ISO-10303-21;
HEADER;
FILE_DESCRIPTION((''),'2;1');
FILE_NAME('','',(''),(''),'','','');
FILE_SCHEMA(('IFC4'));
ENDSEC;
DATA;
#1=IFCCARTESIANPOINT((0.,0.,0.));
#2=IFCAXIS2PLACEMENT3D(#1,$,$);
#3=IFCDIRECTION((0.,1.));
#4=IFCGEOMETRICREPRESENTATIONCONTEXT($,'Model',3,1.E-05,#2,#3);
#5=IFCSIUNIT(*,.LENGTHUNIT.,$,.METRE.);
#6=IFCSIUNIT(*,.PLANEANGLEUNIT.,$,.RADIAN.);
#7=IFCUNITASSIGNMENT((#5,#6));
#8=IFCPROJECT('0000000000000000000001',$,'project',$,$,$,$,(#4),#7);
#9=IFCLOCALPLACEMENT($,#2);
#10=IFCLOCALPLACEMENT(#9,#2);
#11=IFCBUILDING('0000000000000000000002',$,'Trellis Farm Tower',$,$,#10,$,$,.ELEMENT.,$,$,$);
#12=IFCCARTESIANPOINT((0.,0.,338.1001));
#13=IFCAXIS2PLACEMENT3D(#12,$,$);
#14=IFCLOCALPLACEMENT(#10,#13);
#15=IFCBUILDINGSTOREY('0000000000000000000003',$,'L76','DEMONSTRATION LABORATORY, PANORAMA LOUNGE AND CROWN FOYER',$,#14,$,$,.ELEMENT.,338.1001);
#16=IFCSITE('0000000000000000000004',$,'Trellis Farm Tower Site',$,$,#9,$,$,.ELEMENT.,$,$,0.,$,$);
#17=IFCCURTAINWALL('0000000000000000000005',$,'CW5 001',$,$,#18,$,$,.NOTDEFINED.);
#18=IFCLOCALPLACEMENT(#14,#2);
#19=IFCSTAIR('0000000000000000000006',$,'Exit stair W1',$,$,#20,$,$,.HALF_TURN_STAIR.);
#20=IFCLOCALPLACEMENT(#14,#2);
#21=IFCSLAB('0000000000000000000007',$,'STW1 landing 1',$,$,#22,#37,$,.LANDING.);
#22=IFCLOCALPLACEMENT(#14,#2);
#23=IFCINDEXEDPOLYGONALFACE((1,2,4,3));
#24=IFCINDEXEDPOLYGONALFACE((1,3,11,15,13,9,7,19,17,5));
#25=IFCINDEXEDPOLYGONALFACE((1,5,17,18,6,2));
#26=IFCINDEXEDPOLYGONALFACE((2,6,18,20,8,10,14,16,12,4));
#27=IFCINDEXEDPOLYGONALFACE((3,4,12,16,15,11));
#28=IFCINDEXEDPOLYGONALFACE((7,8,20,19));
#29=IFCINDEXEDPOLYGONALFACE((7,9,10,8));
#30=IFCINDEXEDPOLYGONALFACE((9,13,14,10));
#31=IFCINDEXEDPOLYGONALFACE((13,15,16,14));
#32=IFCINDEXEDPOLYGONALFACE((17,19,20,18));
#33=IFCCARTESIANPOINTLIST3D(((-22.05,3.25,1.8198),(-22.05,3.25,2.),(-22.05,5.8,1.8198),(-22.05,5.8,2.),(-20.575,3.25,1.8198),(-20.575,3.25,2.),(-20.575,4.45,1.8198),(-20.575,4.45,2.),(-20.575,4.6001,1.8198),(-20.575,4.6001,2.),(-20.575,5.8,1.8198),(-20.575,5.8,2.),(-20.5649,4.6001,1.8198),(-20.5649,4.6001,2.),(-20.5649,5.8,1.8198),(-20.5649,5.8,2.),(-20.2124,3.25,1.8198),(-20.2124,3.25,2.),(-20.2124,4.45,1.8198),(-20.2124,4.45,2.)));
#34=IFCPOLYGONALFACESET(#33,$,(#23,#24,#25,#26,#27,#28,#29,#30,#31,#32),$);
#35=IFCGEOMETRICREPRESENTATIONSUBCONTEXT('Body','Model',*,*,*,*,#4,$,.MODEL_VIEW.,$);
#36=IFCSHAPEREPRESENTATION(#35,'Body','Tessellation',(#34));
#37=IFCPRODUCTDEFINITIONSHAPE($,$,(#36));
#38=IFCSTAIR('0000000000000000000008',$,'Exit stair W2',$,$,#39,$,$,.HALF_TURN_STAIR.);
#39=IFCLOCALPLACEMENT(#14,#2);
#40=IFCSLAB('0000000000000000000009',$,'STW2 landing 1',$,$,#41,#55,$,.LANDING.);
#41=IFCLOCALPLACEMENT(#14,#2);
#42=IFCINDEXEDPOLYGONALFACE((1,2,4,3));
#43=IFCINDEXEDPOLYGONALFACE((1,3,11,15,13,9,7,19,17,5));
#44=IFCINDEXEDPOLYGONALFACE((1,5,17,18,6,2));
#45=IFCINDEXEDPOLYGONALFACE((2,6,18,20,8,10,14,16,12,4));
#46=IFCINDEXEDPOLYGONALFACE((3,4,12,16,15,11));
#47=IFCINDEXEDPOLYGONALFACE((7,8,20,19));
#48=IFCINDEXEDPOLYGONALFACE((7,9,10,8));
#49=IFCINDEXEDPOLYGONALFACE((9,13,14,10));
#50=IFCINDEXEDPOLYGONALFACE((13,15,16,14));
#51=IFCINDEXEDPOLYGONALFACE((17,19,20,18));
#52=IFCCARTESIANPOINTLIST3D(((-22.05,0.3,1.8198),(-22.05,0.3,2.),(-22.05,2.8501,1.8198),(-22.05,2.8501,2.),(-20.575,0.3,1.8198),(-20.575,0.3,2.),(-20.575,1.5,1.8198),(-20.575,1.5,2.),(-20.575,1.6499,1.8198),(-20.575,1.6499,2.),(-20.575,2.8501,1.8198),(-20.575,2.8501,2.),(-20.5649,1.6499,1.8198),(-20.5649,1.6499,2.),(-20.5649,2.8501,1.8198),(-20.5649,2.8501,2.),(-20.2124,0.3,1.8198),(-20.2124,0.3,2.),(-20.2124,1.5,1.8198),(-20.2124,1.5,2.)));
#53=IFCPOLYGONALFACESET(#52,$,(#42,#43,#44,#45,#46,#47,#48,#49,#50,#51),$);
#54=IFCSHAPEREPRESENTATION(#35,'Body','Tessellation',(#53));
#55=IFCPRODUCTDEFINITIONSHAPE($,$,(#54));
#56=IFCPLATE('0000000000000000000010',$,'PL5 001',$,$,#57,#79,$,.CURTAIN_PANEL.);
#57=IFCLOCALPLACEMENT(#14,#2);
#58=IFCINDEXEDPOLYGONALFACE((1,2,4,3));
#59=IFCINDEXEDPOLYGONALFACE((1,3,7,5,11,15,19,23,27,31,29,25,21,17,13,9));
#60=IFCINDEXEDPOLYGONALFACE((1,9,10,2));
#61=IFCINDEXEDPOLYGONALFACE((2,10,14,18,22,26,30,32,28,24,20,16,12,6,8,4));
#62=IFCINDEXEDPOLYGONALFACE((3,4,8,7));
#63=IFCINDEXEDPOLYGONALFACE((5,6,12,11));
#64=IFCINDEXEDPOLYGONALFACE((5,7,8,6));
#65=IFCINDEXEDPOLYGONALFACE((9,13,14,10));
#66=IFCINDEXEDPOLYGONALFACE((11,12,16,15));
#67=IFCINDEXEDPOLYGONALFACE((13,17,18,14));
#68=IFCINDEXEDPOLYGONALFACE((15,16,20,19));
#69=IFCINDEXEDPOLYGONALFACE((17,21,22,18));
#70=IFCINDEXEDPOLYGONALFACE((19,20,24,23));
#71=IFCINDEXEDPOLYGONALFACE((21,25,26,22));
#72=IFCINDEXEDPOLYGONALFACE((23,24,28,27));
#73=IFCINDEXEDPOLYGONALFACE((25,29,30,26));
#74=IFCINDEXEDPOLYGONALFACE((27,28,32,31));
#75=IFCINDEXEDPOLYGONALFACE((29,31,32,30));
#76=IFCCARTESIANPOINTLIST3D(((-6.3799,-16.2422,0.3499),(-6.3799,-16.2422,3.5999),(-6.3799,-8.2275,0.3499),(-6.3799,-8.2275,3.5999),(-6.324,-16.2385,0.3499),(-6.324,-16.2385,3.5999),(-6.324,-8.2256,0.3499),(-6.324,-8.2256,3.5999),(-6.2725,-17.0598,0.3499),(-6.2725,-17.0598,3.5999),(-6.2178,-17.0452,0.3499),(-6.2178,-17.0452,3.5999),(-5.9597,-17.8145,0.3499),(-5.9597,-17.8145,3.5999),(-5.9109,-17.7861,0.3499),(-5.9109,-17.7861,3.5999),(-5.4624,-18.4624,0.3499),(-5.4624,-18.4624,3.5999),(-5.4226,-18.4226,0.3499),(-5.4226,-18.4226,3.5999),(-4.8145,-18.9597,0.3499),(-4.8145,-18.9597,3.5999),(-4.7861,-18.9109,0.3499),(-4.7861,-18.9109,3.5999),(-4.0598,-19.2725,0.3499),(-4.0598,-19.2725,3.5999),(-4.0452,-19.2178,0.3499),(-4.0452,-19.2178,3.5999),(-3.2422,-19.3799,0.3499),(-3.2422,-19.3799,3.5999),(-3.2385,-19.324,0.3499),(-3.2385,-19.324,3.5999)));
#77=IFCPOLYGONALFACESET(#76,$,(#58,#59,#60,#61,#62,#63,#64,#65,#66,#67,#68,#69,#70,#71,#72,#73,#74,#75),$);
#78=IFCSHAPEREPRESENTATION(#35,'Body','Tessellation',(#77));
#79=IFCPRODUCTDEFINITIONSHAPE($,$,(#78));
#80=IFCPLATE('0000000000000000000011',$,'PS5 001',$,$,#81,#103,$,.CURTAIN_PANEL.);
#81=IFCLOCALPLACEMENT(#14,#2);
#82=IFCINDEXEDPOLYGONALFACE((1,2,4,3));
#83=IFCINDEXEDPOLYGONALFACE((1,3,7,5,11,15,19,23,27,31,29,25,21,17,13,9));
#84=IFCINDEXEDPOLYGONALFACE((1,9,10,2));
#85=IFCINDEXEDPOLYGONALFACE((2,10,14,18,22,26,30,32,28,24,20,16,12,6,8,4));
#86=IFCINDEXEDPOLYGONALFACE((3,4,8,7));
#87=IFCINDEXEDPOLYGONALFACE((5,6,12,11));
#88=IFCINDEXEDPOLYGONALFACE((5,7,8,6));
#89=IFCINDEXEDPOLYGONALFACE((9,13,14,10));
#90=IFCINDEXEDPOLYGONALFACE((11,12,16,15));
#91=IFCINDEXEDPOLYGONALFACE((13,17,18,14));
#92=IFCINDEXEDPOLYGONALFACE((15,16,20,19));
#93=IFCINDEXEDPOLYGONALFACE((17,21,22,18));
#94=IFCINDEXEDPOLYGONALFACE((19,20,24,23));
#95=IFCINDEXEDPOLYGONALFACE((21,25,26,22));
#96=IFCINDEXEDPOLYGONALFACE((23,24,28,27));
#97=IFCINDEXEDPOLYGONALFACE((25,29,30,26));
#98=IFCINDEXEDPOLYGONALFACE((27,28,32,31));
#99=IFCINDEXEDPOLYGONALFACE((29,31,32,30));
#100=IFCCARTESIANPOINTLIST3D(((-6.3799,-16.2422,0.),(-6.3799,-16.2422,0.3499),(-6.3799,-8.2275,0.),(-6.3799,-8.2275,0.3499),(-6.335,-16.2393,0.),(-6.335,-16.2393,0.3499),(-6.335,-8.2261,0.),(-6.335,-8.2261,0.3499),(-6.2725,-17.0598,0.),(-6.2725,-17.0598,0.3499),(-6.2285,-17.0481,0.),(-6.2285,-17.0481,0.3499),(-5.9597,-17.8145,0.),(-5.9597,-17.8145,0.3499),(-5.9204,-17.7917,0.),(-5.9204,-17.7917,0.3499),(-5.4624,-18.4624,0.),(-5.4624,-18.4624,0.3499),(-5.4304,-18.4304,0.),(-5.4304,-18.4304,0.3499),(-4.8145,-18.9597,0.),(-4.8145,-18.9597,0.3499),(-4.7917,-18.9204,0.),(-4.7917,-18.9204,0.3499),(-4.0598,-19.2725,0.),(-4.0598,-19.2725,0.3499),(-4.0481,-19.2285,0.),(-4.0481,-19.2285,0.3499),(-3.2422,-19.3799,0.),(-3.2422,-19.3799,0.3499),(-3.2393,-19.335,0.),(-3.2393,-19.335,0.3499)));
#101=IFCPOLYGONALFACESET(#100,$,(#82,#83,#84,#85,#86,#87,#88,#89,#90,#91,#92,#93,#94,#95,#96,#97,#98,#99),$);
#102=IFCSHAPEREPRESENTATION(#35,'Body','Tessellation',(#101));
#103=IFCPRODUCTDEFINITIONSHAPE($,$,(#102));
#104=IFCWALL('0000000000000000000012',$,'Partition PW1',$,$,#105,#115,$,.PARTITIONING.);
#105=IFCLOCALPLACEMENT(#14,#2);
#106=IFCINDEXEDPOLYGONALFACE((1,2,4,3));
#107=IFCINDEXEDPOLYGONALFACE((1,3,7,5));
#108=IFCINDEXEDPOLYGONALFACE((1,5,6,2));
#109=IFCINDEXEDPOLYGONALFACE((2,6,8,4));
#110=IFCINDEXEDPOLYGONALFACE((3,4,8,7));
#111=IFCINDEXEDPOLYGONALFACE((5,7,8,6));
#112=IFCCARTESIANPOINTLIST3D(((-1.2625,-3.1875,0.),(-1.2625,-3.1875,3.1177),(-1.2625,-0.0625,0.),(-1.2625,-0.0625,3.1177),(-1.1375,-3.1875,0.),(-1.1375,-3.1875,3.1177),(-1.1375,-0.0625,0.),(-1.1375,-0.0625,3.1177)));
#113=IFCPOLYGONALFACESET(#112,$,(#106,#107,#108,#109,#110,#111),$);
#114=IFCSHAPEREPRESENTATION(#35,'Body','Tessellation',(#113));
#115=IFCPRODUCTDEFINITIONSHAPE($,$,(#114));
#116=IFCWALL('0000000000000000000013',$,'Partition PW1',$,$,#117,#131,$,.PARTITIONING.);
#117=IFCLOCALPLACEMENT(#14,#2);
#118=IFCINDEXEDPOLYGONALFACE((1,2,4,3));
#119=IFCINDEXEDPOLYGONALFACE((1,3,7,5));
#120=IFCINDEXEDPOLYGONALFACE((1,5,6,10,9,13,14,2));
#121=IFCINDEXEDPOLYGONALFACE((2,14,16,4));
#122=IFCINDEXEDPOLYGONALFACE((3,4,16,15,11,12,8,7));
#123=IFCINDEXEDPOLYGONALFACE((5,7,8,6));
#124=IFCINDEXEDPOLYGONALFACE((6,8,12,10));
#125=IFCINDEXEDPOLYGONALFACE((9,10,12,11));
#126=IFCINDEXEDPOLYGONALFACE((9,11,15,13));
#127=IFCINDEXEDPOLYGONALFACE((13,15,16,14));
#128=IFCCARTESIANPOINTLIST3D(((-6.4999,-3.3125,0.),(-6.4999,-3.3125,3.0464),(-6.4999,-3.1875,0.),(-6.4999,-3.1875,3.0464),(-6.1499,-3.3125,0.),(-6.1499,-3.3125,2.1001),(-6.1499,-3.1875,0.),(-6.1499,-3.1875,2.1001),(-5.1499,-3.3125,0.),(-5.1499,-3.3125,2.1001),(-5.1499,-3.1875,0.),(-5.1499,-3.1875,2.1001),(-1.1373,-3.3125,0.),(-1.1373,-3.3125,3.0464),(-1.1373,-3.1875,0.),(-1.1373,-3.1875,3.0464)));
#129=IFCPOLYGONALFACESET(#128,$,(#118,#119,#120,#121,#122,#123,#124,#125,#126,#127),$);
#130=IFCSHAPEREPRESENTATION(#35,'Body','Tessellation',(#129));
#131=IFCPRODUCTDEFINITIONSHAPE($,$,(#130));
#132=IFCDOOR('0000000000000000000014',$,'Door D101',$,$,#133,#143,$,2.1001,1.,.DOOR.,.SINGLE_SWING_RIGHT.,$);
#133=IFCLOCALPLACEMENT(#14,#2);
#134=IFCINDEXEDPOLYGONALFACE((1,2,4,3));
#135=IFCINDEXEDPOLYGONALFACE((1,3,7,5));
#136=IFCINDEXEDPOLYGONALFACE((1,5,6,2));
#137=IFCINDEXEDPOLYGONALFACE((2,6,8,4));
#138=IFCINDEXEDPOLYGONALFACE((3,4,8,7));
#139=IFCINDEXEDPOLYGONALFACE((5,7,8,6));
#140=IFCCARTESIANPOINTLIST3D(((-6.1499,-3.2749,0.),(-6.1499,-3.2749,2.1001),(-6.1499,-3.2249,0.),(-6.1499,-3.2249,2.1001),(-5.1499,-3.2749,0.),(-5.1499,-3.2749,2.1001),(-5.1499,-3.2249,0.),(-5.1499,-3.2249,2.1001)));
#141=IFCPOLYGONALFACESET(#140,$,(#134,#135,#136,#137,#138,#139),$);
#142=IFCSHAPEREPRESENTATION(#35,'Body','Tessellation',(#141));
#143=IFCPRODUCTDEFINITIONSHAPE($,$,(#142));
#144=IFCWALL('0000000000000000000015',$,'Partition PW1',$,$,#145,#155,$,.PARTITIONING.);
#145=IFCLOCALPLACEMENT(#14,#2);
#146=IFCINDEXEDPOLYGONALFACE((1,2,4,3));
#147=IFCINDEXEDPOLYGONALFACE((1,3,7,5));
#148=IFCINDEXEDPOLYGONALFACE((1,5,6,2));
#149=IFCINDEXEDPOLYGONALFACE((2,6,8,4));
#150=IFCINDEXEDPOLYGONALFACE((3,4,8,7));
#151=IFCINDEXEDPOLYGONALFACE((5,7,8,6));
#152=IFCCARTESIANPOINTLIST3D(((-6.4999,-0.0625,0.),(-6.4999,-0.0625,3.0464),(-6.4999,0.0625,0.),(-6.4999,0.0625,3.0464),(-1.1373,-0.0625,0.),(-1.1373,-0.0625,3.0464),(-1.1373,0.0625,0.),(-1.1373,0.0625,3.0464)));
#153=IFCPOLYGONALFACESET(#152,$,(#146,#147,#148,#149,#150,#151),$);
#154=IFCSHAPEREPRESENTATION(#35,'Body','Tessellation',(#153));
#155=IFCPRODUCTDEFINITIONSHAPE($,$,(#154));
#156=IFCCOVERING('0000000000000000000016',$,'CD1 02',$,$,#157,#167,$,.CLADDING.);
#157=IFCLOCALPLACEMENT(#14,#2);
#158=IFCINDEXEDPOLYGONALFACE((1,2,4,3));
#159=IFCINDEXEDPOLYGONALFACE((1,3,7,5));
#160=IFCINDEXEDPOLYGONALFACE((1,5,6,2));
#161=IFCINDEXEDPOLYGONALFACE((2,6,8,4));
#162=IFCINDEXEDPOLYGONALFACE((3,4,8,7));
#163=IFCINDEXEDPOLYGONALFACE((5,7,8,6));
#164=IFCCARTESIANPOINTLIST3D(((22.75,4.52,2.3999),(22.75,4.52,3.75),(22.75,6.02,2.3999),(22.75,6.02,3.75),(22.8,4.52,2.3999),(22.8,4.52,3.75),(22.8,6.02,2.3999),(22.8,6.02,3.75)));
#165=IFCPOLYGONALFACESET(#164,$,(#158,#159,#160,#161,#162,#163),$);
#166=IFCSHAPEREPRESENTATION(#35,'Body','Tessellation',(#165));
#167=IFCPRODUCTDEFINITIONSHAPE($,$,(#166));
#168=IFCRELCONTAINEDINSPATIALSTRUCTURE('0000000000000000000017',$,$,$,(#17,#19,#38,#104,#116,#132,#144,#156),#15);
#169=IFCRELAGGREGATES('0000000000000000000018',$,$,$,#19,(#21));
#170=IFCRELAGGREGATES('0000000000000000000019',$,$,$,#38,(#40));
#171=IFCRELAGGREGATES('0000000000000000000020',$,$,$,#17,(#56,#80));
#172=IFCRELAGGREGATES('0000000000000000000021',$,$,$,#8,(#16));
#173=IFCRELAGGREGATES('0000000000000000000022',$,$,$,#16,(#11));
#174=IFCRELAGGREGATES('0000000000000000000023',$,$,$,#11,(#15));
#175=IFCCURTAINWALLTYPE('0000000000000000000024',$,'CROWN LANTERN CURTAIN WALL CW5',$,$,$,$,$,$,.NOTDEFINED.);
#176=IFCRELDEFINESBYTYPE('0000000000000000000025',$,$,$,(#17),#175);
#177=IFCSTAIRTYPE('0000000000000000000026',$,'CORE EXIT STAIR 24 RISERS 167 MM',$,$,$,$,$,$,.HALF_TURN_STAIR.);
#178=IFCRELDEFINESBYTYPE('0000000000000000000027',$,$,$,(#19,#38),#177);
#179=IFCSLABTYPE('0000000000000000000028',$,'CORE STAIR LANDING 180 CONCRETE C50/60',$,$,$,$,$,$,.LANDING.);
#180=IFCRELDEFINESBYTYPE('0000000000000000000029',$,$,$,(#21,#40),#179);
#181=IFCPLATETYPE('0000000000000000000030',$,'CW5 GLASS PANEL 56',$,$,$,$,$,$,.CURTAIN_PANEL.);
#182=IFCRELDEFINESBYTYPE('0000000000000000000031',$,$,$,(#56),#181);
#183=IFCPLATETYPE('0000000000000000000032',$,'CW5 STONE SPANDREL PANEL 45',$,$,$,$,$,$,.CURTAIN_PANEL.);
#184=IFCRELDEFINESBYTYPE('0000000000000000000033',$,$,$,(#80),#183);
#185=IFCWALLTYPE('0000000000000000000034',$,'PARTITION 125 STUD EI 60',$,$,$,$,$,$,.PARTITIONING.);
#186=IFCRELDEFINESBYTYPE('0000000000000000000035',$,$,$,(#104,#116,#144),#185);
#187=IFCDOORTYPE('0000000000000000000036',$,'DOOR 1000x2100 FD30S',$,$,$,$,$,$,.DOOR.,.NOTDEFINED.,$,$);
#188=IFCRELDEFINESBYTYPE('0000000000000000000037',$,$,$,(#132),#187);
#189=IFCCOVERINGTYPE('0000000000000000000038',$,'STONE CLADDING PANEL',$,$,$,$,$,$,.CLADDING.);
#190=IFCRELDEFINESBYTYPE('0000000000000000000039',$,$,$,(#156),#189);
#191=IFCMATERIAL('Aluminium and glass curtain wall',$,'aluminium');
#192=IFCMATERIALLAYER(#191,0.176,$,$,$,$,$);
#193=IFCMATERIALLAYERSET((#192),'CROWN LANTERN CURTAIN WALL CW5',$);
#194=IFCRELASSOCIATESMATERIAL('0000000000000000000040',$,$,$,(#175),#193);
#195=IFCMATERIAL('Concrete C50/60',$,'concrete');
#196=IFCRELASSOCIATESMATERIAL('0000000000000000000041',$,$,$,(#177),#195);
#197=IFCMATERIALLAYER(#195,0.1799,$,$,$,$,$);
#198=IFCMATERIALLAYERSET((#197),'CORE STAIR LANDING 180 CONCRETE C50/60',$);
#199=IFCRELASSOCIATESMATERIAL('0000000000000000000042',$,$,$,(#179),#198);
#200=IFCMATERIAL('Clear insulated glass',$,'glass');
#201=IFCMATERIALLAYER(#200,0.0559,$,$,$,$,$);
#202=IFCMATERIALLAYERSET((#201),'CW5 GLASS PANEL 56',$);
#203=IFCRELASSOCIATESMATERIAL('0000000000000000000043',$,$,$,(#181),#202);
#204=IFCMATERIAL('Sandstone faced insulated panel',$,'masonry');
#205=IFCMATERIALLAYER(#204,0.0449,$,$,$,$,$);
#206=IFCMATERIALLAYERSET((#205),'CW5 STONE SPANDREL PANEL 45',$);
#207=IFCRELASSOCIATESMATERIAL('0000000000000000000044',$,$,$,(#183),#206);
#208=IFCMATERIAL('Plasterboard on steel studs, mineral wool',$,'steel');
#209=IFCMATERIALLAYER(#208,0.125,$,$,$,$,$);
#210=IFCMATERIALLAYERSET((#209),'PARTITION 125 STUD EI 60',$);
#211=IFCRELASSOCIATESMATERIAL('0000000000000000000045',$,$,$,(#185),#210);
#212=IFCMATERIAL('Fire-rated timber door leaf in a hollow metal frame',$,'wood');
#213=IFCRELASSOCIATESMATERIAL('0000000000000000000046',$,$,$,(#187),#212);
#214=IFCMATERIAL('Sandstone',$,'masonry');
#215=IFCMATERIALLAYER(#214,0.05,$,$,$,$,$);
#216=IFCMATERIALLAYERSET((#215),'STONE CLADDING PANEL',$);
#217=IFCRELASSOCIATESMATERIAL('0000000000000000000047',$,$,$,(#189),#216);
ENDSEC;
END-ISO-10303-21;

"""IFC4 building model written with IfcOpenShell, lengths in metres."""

from ifc_helpers import new_model, si_unit, direction, frame, frame_2d, origin, place, context, subcontext, project, spatial, polyline, rectangle, outline, extrude, source, transform, mapped, material, layer, layer_set, type_object, element, fill, aggregate, save


model = new_model("IFC4")

# Units and contexts
model_context = context("Model", 3, precision=1e-05, world=origin(), true_north=direction((0.0, 1.0)))
body_context = subcontext(model_context, "Body", "Model", "MODEL_VIEW")
ifc_project = project(units=[si_unit("LENGTHUNIT", "METRE"), si_unit("PLANEANGLEUNIT", "RADIAN")], contexts=[model_context])

# Site, building, storey
site_placement = place(None, origin())
site = spatial("IfcSite", under=ifc_project, at=site_placement, Name="Trellis Farm Tower Site", CompositionType="ELEMENT", RefElevation=0.0)
building_placement = place(site_placement, origin())
building = spatial("IfcBuilding", under=site, at=building_placement, Name="Trellis Farm Tower", CompositionType="ELEMENT")
storey_placement = place(building_placement, frame((0.0, 0.0, 338.1001)))
storey = spatial("IfcBuildingStorey", under=building, at=storey_placement, Name="L76", Description="DEMONSTRATION LABORATORY, PANORAMA LOUNGE AND CROWN FOYER", CompositionType="ELEMENT", Elevation=338.1001)

# Shared definitions
ifc_material_1 = material(Name="Concrete C50/60", Category="concrete")

# Curtain wall
ifc_material_2 = material(Name="Aluminium and glass curtain wall", Category="aluminium")
ifc_layer_1 = layer(ifc_material_2, 0.176)
ifc_layer_set_1 = layer_set([ifc_layer_1], Name="CROWN LANTERN CURTAIN WALL CW5")
curtain_wall_type = type_object("IfcCurtainWallType", Name="CROWN LANTERN CURTAIN WALL CW5", PredefinedType="NOTDEFINED", material=ifc_layer_set_1)
placement_1 = place(storey_placement, origin())
curtain_wall_1 = element("IfcCurtainWall", 1, at=placement_1, inside=storey, type_object=curtain_wall_type, Name="CW5 001", PredefinedType="NOTDEFINED")

# Stairs, slabs
stair_type = type_object("IfcStairType", Name="CORE EXIT STAIR 24 RISERS 167 MM", PredefinedType="HALF_TURN_STAIR", material=ifc_material_1)
ifc_layer_2 = layer(ifc_material_1, 0.1799)
ifc_layer_set_2 = layer_set([ifc_layer_2], Name="CORE STAIR LANDING 180 CONCRETE C50/60")
slab_type_1 = type_object("IfcSlabType", Name="CORE STAIR LANDING 180 CONCRETE C50/60", PredefinedType="LANDING", material=ifc_layer_set_2)
placement_2 = place(storey_placement, frame((0.0, 0.0, 1.8198)))
stair_1 = element("IfcStair", 2, at=placement_1, inside=storey, type_object=stair_type, Name="Exit stair W1", PredefinedType="HALF_TURN_STAIR")
shared_shape_1 = source(origin(), body_context, "Body", "SweptSolid", [
    extrude(outline(polyline([(-20.2124, 4.45), (-20.2124, 3.25), (-20.575, 3.25), (-22.05, 3.25), (-22.05, 5.8), (-20.575, 5.8), (-20.5649, 5.8), (-20.5649, 4.6001), (-20.575, 4.6001), (-20.575, 4.45), (-20.2124, 4.45)])), origin(), (0.0, 0.0, 1.0), 0.1802),
])
slab_1 = element("IfcSlab", 3, at=placement_2, type_object=slab_type_1, Name="STW1 landing 1", PredefinedType="LANDING", context=body_context, shape_type="MappedRepresentation", body=[
    mapped(shared_shape_1, transform((0.0, 0.0, 0.0))),
])
aggregate(stair_1, [slab_1])
stair_2 = element("IfcStair", 4, at=placement_1, inside=storey, type_object=stair_type, Name="Exit stair W2", PredefinedType="HALF_TURN_STAIR")
shared_shape_2 = source(origin(), body_context, "Body", "SweptSolid", [
    extrude(outline(polyline([(-20.2124, 1.5), (-20.2124, 0.3), (-20.575, 0.3), (-22.05, 0.3), (-22.05, 2.8501), (-20.575, 2.8501), (-20.5649, 2.8501), (-20.5649, 1.6499), (-20.575, 1.6499), (-20.575, 1.5), (-20.2124, 1.5)])), origin(), (0.0, 0.0, 1.0), 0.1802),
])
slab_2 = element("IfcSlab", 5, at=placement_2, type_object=slab_type_1, Name="STW2 landing 1", PredefinedType="LANDING", context=body_context, shape_type="MappedRepresentation", body=[
    mapped(shared_shape_2, transform((0.0, 0.0, 0.0))),
])
aggregate(stair_2, [slab_2])

# Plates
ifc_material_3 = material(Name="Clear insulated glass", Category="glass")
ifc_layer_3 = layer(ifc_material_3, 0.0559)
ifc_layer_set_3 = layer_set([ifc_layer_3], Name="CW5 GLASS PANEL 56")
plate_type_1 = type_object("IfcPlateType", Name="CW5 GLASS PANEL 56", PredefinedType="CURTAIN_PANEL", material=ifc_layer_set_3)
shared_shape_3 = source(origin(), body_context, "Body", "SweptSolid", [
    extrude(outline(polyline([(-6.3799, -8.2275), (-6.3799, -16.2422), (-6.2725, -17.0598), (-5.9597, -17.8145), (-5.4624, -18.4624), (-4.8145, -18.9597), (-4.0598, -19.2725), (-3.2422, -19.3799), (-3.2385, -19.324), (-4.0452, -19.2178), (-4.7861, -18.9109), (-5.4226, -18.4226), (-5.9109, -17.7861), (-6.2178, -17.0452), (-6.324, -16.2385), (-6.324, -8.2256), (-6.3799, -8.2275)])), origin(), (0.0, 0.0, 1.0), 3.25),
])
plate_1_placement = place(storey_placement, frame((0.0, 0.0, 0.3499)))
plate_1 = element("IfcPlate", 6, at=plate_1_placement, type_object=plate_type_1, Name="PL5 001", PredefinedType="CURTAIN_PANEL", context=body_context, shape_type="MappedRepresentation", body=[
    mapped(shared_shape_3, transform((0.0, 0.0, 0.0))),
])
ifc_material_4 = material(Name="Sandstone faced insulated panel", Category="masonry")
ifc_layer_4 = layer(ifc_material_4, 0.0449)
ifc_layer_set_4 = layer_set([ifc_layer_4], Name="CW5 STONE SPANDREL PANEL 45")
plate_type_2 = type_object("IfcPlateType", Name="CW5 STONE SPANDREL PANEL 45", PredefinedType="CURTAIN_PANEL", material=ifc_layer_set_4)
shared_shape_4 = source(origin(), body_context, "Body", "SweptSolid", [
    extrude(outline(polyline([(-6.3799, -8.2275), (-6.3799, -16.2422), (-6.2725, -17.0598), (-5.9597, -17.8145), (-5.4624, -18.4624), (-4.8145, -18.9597), (-4.0598, -19.2725), (-3.2422, -19.3799), (-3.2393, -19.335), (-4.0481, -19.2285), (-4.7917, -18.9204), (-5.4304, -18.4304), (-5.9204, -17.7917), (-6.2285, -17.0481), (-6.335, -16.2393), (-6.335, -8.2261), (-6.3799, -8.2275)])), origin(), (0.0, 0.0, 1.0), 0.3499),
])
plate_2 = element("IfcPlate", 7, at=placement_1, type_object=plate_type_2, Name="PS5 001", PredefinedType="CURTAIN_PANEL", context=body_context, shape_type="MappedRepresentation", body=[
    mapped(shared_shape_4, transform((0.0, 0.0, 0.0))),
])
aggregate(curtain_wall_1, [plate_1, plate_2])

# Wall
ifc_material_5 = material(Name="Plasterboard on steel studs, mineral wool", Category="steel")
ifc_layer_5 = layer(ifc_material_5, 0.125)
ifc_layer_set_5 = layer_set([ifc_layer_5], Name="PARTITION 125 STUD EI 60")
wall_type_1 = type_object("IfcWallType", Name="PARTITION 125 STUD EI 60", PredefinedType="PARTITIONING", material=ifc_layer_set_5)
shared_shape_5 = source(origin(), body_context, "Body", "SweptSolid", [
    extrude(rectangle(XDim=3.125, YDim=0.125, at=frame_2d((1.5625, 0.0))), origin(), (0.0, 0.0, 1.0), 3.1177),
])
wall_1_placement = place(storey_placement, frame((-1.2, -0.0625, 0.0), z_axis=(0.0, 0.0, 1.0), x_axis=(0.0, -1.0, 0.0)))
element("IfcWall", 8, at=wall_1_placement, inside=storey, type_object=wall_type_1, Name="Partition PW1", PredefinedType="PARTITIONING", context=body_context, shape_type="MappedRepresentation", body=[
    mapped(shared_shape_5, transform((0.0, 0.0, 0.0))),
])

# Wall, opening, door
shared_shape_6 = source(origin(), body_context, "Body", "SweptSolid", [
    extrude(rectangle(XDim=5.3625, YDim=0.125, at=frame_2d((2.6812, 0.0))), origin(), (0.0, 0.0, 1.0), 3.0464),
])
wall_2_placement = place(storey_placement, frame((-1.1375, -3.25, 0.0), z_axis=(0.0, 0.0, 1.0), x_axis=(-1.0, 0.0, 0.0)))
wall_2 = element("IfcWall", 9, at=wall_2_placement, inside=storey, type_object=wall_type_1, Name="Partition PW1", PredefinedType="PARTITIONING", context=body_context, shape_type="MappedRepresentation", body=[
    mapped(shared_shape_6, transform((0.0, 0.0, 0.0))),
])
shared_shape_7 = source(origin(), body_context, "Body", "SweptSolid", [
    extrude(rectangle(XDim=1.0, YDim=2.1001, at=frame_2d((0.5, 1.05))), frame((0.0, 0.0725, 0.0), z_axis=(0.0, -1.0, 0.0), x_axis=(1.0, 0.0, 0.0)), (0.0, 0.0, 1.0), 0.145),
])
opening_1_placement = place(wall_2_placement, frame((4.0125, 0.0, 0.0)))
opening_1 = element("IfcOpeningElement", 10, at=opening_1_placement, cuts=wall_2, PredefinedType="OPENING", context=body_context, shape_type="MappedRepresentation", body=[
    mapped(shared_shape_7, transform((0.0, 0.0, 0.0))),
])
ifc_material_6 = material(Name="Fire-rated timber door leaf in a hollow metal frame", Category="wood")
door_type_1 = type_object("IfcDoorType", Name="DOOR 1000x2100 FD30S", OperationType="NOTDEFINED", PredefinedType="DOOR", material=ifc_material_6)
shared_shape_8 = source(origin(), body_context, "Body", "SweptSolid", [
    extrude(rectangle(XDim=1.0, YDim=2.1001, at=frame_2d((0.5, 1.05))), frame((0.0, 0.0249, 0.0), z_axis=(0.0, -1.0, 0.0), x_axis=(1.0, 0.0, 0.0)), (0.0, 0.0, 1.0), 0.05),
])
door_1_placement = place(opening_1_placement, origin())
door_1 = element("IfcDoor", 11, at=door_1_placement, inside=storey, type_object=door_type_1, Name="Door D101", OperationType="SINGLE_SWING_RIGHT", OverallHeight=2.1001, OverallWidth=1.0, PredefinedType="DOOR", context=body_context, shape_type="MappedRepresentation", body=[
    mapped(shared_shape_8, transform((0.0, 0.0, 0.0))),
])
fill(opening_1, door_1)

# Wall
wall_3_placement = place(storey_placement, frame((-1.1375, 0.0, 0.0), z_axis=(0.0, 0.0, 1.0), x_axis=(-1.0, 0.0, 0.0)))
element("IfcWall", 12, at=wall_3_placement, inside=storey, type_object=wall_type_1, Name="Partition PW1", PredefinedType="PARTITIONING", context=body_context, shape_type="MappedRepresentation", body=[
    mapped(shared_shape_6, transform((0.0, 0.0, 0.0))),
])

# Covering
ifc_material_7 = material(Name="Sandstone", Category="masonry")
ifc_layer_6 = layer(ifc_material_7, 0.05)
ifc_layer_set_6 = layer_set([ifc_layer_6], Name="STONE CLADDING PANEL")
covering_type = type_object("IfcCoveringType", Name="STONE CLADDING PANEL", PredefinedType="CLADDING", material=ifc_layer_set_6)
placement_3 = place(storey_placement, frame((0.0, 0.0, 2.3999)))
element("IfcCovering", 13, at=placement_3, inside=storey, type_object=covering_type, Name="CD1 02", PredefinedType="CLADDING", context=body_context, shape_type="SweptSolid", body=[
    extrude(outline(polyline([(22.8, 4.52), (22.8, 6.02), (22.75, 6.02), (22.75, 4.52), (22.8, 4.52)])), origin(), (0.0, 0.0, 1.0), 1.3501),
])

save(model, "model.ifc")
